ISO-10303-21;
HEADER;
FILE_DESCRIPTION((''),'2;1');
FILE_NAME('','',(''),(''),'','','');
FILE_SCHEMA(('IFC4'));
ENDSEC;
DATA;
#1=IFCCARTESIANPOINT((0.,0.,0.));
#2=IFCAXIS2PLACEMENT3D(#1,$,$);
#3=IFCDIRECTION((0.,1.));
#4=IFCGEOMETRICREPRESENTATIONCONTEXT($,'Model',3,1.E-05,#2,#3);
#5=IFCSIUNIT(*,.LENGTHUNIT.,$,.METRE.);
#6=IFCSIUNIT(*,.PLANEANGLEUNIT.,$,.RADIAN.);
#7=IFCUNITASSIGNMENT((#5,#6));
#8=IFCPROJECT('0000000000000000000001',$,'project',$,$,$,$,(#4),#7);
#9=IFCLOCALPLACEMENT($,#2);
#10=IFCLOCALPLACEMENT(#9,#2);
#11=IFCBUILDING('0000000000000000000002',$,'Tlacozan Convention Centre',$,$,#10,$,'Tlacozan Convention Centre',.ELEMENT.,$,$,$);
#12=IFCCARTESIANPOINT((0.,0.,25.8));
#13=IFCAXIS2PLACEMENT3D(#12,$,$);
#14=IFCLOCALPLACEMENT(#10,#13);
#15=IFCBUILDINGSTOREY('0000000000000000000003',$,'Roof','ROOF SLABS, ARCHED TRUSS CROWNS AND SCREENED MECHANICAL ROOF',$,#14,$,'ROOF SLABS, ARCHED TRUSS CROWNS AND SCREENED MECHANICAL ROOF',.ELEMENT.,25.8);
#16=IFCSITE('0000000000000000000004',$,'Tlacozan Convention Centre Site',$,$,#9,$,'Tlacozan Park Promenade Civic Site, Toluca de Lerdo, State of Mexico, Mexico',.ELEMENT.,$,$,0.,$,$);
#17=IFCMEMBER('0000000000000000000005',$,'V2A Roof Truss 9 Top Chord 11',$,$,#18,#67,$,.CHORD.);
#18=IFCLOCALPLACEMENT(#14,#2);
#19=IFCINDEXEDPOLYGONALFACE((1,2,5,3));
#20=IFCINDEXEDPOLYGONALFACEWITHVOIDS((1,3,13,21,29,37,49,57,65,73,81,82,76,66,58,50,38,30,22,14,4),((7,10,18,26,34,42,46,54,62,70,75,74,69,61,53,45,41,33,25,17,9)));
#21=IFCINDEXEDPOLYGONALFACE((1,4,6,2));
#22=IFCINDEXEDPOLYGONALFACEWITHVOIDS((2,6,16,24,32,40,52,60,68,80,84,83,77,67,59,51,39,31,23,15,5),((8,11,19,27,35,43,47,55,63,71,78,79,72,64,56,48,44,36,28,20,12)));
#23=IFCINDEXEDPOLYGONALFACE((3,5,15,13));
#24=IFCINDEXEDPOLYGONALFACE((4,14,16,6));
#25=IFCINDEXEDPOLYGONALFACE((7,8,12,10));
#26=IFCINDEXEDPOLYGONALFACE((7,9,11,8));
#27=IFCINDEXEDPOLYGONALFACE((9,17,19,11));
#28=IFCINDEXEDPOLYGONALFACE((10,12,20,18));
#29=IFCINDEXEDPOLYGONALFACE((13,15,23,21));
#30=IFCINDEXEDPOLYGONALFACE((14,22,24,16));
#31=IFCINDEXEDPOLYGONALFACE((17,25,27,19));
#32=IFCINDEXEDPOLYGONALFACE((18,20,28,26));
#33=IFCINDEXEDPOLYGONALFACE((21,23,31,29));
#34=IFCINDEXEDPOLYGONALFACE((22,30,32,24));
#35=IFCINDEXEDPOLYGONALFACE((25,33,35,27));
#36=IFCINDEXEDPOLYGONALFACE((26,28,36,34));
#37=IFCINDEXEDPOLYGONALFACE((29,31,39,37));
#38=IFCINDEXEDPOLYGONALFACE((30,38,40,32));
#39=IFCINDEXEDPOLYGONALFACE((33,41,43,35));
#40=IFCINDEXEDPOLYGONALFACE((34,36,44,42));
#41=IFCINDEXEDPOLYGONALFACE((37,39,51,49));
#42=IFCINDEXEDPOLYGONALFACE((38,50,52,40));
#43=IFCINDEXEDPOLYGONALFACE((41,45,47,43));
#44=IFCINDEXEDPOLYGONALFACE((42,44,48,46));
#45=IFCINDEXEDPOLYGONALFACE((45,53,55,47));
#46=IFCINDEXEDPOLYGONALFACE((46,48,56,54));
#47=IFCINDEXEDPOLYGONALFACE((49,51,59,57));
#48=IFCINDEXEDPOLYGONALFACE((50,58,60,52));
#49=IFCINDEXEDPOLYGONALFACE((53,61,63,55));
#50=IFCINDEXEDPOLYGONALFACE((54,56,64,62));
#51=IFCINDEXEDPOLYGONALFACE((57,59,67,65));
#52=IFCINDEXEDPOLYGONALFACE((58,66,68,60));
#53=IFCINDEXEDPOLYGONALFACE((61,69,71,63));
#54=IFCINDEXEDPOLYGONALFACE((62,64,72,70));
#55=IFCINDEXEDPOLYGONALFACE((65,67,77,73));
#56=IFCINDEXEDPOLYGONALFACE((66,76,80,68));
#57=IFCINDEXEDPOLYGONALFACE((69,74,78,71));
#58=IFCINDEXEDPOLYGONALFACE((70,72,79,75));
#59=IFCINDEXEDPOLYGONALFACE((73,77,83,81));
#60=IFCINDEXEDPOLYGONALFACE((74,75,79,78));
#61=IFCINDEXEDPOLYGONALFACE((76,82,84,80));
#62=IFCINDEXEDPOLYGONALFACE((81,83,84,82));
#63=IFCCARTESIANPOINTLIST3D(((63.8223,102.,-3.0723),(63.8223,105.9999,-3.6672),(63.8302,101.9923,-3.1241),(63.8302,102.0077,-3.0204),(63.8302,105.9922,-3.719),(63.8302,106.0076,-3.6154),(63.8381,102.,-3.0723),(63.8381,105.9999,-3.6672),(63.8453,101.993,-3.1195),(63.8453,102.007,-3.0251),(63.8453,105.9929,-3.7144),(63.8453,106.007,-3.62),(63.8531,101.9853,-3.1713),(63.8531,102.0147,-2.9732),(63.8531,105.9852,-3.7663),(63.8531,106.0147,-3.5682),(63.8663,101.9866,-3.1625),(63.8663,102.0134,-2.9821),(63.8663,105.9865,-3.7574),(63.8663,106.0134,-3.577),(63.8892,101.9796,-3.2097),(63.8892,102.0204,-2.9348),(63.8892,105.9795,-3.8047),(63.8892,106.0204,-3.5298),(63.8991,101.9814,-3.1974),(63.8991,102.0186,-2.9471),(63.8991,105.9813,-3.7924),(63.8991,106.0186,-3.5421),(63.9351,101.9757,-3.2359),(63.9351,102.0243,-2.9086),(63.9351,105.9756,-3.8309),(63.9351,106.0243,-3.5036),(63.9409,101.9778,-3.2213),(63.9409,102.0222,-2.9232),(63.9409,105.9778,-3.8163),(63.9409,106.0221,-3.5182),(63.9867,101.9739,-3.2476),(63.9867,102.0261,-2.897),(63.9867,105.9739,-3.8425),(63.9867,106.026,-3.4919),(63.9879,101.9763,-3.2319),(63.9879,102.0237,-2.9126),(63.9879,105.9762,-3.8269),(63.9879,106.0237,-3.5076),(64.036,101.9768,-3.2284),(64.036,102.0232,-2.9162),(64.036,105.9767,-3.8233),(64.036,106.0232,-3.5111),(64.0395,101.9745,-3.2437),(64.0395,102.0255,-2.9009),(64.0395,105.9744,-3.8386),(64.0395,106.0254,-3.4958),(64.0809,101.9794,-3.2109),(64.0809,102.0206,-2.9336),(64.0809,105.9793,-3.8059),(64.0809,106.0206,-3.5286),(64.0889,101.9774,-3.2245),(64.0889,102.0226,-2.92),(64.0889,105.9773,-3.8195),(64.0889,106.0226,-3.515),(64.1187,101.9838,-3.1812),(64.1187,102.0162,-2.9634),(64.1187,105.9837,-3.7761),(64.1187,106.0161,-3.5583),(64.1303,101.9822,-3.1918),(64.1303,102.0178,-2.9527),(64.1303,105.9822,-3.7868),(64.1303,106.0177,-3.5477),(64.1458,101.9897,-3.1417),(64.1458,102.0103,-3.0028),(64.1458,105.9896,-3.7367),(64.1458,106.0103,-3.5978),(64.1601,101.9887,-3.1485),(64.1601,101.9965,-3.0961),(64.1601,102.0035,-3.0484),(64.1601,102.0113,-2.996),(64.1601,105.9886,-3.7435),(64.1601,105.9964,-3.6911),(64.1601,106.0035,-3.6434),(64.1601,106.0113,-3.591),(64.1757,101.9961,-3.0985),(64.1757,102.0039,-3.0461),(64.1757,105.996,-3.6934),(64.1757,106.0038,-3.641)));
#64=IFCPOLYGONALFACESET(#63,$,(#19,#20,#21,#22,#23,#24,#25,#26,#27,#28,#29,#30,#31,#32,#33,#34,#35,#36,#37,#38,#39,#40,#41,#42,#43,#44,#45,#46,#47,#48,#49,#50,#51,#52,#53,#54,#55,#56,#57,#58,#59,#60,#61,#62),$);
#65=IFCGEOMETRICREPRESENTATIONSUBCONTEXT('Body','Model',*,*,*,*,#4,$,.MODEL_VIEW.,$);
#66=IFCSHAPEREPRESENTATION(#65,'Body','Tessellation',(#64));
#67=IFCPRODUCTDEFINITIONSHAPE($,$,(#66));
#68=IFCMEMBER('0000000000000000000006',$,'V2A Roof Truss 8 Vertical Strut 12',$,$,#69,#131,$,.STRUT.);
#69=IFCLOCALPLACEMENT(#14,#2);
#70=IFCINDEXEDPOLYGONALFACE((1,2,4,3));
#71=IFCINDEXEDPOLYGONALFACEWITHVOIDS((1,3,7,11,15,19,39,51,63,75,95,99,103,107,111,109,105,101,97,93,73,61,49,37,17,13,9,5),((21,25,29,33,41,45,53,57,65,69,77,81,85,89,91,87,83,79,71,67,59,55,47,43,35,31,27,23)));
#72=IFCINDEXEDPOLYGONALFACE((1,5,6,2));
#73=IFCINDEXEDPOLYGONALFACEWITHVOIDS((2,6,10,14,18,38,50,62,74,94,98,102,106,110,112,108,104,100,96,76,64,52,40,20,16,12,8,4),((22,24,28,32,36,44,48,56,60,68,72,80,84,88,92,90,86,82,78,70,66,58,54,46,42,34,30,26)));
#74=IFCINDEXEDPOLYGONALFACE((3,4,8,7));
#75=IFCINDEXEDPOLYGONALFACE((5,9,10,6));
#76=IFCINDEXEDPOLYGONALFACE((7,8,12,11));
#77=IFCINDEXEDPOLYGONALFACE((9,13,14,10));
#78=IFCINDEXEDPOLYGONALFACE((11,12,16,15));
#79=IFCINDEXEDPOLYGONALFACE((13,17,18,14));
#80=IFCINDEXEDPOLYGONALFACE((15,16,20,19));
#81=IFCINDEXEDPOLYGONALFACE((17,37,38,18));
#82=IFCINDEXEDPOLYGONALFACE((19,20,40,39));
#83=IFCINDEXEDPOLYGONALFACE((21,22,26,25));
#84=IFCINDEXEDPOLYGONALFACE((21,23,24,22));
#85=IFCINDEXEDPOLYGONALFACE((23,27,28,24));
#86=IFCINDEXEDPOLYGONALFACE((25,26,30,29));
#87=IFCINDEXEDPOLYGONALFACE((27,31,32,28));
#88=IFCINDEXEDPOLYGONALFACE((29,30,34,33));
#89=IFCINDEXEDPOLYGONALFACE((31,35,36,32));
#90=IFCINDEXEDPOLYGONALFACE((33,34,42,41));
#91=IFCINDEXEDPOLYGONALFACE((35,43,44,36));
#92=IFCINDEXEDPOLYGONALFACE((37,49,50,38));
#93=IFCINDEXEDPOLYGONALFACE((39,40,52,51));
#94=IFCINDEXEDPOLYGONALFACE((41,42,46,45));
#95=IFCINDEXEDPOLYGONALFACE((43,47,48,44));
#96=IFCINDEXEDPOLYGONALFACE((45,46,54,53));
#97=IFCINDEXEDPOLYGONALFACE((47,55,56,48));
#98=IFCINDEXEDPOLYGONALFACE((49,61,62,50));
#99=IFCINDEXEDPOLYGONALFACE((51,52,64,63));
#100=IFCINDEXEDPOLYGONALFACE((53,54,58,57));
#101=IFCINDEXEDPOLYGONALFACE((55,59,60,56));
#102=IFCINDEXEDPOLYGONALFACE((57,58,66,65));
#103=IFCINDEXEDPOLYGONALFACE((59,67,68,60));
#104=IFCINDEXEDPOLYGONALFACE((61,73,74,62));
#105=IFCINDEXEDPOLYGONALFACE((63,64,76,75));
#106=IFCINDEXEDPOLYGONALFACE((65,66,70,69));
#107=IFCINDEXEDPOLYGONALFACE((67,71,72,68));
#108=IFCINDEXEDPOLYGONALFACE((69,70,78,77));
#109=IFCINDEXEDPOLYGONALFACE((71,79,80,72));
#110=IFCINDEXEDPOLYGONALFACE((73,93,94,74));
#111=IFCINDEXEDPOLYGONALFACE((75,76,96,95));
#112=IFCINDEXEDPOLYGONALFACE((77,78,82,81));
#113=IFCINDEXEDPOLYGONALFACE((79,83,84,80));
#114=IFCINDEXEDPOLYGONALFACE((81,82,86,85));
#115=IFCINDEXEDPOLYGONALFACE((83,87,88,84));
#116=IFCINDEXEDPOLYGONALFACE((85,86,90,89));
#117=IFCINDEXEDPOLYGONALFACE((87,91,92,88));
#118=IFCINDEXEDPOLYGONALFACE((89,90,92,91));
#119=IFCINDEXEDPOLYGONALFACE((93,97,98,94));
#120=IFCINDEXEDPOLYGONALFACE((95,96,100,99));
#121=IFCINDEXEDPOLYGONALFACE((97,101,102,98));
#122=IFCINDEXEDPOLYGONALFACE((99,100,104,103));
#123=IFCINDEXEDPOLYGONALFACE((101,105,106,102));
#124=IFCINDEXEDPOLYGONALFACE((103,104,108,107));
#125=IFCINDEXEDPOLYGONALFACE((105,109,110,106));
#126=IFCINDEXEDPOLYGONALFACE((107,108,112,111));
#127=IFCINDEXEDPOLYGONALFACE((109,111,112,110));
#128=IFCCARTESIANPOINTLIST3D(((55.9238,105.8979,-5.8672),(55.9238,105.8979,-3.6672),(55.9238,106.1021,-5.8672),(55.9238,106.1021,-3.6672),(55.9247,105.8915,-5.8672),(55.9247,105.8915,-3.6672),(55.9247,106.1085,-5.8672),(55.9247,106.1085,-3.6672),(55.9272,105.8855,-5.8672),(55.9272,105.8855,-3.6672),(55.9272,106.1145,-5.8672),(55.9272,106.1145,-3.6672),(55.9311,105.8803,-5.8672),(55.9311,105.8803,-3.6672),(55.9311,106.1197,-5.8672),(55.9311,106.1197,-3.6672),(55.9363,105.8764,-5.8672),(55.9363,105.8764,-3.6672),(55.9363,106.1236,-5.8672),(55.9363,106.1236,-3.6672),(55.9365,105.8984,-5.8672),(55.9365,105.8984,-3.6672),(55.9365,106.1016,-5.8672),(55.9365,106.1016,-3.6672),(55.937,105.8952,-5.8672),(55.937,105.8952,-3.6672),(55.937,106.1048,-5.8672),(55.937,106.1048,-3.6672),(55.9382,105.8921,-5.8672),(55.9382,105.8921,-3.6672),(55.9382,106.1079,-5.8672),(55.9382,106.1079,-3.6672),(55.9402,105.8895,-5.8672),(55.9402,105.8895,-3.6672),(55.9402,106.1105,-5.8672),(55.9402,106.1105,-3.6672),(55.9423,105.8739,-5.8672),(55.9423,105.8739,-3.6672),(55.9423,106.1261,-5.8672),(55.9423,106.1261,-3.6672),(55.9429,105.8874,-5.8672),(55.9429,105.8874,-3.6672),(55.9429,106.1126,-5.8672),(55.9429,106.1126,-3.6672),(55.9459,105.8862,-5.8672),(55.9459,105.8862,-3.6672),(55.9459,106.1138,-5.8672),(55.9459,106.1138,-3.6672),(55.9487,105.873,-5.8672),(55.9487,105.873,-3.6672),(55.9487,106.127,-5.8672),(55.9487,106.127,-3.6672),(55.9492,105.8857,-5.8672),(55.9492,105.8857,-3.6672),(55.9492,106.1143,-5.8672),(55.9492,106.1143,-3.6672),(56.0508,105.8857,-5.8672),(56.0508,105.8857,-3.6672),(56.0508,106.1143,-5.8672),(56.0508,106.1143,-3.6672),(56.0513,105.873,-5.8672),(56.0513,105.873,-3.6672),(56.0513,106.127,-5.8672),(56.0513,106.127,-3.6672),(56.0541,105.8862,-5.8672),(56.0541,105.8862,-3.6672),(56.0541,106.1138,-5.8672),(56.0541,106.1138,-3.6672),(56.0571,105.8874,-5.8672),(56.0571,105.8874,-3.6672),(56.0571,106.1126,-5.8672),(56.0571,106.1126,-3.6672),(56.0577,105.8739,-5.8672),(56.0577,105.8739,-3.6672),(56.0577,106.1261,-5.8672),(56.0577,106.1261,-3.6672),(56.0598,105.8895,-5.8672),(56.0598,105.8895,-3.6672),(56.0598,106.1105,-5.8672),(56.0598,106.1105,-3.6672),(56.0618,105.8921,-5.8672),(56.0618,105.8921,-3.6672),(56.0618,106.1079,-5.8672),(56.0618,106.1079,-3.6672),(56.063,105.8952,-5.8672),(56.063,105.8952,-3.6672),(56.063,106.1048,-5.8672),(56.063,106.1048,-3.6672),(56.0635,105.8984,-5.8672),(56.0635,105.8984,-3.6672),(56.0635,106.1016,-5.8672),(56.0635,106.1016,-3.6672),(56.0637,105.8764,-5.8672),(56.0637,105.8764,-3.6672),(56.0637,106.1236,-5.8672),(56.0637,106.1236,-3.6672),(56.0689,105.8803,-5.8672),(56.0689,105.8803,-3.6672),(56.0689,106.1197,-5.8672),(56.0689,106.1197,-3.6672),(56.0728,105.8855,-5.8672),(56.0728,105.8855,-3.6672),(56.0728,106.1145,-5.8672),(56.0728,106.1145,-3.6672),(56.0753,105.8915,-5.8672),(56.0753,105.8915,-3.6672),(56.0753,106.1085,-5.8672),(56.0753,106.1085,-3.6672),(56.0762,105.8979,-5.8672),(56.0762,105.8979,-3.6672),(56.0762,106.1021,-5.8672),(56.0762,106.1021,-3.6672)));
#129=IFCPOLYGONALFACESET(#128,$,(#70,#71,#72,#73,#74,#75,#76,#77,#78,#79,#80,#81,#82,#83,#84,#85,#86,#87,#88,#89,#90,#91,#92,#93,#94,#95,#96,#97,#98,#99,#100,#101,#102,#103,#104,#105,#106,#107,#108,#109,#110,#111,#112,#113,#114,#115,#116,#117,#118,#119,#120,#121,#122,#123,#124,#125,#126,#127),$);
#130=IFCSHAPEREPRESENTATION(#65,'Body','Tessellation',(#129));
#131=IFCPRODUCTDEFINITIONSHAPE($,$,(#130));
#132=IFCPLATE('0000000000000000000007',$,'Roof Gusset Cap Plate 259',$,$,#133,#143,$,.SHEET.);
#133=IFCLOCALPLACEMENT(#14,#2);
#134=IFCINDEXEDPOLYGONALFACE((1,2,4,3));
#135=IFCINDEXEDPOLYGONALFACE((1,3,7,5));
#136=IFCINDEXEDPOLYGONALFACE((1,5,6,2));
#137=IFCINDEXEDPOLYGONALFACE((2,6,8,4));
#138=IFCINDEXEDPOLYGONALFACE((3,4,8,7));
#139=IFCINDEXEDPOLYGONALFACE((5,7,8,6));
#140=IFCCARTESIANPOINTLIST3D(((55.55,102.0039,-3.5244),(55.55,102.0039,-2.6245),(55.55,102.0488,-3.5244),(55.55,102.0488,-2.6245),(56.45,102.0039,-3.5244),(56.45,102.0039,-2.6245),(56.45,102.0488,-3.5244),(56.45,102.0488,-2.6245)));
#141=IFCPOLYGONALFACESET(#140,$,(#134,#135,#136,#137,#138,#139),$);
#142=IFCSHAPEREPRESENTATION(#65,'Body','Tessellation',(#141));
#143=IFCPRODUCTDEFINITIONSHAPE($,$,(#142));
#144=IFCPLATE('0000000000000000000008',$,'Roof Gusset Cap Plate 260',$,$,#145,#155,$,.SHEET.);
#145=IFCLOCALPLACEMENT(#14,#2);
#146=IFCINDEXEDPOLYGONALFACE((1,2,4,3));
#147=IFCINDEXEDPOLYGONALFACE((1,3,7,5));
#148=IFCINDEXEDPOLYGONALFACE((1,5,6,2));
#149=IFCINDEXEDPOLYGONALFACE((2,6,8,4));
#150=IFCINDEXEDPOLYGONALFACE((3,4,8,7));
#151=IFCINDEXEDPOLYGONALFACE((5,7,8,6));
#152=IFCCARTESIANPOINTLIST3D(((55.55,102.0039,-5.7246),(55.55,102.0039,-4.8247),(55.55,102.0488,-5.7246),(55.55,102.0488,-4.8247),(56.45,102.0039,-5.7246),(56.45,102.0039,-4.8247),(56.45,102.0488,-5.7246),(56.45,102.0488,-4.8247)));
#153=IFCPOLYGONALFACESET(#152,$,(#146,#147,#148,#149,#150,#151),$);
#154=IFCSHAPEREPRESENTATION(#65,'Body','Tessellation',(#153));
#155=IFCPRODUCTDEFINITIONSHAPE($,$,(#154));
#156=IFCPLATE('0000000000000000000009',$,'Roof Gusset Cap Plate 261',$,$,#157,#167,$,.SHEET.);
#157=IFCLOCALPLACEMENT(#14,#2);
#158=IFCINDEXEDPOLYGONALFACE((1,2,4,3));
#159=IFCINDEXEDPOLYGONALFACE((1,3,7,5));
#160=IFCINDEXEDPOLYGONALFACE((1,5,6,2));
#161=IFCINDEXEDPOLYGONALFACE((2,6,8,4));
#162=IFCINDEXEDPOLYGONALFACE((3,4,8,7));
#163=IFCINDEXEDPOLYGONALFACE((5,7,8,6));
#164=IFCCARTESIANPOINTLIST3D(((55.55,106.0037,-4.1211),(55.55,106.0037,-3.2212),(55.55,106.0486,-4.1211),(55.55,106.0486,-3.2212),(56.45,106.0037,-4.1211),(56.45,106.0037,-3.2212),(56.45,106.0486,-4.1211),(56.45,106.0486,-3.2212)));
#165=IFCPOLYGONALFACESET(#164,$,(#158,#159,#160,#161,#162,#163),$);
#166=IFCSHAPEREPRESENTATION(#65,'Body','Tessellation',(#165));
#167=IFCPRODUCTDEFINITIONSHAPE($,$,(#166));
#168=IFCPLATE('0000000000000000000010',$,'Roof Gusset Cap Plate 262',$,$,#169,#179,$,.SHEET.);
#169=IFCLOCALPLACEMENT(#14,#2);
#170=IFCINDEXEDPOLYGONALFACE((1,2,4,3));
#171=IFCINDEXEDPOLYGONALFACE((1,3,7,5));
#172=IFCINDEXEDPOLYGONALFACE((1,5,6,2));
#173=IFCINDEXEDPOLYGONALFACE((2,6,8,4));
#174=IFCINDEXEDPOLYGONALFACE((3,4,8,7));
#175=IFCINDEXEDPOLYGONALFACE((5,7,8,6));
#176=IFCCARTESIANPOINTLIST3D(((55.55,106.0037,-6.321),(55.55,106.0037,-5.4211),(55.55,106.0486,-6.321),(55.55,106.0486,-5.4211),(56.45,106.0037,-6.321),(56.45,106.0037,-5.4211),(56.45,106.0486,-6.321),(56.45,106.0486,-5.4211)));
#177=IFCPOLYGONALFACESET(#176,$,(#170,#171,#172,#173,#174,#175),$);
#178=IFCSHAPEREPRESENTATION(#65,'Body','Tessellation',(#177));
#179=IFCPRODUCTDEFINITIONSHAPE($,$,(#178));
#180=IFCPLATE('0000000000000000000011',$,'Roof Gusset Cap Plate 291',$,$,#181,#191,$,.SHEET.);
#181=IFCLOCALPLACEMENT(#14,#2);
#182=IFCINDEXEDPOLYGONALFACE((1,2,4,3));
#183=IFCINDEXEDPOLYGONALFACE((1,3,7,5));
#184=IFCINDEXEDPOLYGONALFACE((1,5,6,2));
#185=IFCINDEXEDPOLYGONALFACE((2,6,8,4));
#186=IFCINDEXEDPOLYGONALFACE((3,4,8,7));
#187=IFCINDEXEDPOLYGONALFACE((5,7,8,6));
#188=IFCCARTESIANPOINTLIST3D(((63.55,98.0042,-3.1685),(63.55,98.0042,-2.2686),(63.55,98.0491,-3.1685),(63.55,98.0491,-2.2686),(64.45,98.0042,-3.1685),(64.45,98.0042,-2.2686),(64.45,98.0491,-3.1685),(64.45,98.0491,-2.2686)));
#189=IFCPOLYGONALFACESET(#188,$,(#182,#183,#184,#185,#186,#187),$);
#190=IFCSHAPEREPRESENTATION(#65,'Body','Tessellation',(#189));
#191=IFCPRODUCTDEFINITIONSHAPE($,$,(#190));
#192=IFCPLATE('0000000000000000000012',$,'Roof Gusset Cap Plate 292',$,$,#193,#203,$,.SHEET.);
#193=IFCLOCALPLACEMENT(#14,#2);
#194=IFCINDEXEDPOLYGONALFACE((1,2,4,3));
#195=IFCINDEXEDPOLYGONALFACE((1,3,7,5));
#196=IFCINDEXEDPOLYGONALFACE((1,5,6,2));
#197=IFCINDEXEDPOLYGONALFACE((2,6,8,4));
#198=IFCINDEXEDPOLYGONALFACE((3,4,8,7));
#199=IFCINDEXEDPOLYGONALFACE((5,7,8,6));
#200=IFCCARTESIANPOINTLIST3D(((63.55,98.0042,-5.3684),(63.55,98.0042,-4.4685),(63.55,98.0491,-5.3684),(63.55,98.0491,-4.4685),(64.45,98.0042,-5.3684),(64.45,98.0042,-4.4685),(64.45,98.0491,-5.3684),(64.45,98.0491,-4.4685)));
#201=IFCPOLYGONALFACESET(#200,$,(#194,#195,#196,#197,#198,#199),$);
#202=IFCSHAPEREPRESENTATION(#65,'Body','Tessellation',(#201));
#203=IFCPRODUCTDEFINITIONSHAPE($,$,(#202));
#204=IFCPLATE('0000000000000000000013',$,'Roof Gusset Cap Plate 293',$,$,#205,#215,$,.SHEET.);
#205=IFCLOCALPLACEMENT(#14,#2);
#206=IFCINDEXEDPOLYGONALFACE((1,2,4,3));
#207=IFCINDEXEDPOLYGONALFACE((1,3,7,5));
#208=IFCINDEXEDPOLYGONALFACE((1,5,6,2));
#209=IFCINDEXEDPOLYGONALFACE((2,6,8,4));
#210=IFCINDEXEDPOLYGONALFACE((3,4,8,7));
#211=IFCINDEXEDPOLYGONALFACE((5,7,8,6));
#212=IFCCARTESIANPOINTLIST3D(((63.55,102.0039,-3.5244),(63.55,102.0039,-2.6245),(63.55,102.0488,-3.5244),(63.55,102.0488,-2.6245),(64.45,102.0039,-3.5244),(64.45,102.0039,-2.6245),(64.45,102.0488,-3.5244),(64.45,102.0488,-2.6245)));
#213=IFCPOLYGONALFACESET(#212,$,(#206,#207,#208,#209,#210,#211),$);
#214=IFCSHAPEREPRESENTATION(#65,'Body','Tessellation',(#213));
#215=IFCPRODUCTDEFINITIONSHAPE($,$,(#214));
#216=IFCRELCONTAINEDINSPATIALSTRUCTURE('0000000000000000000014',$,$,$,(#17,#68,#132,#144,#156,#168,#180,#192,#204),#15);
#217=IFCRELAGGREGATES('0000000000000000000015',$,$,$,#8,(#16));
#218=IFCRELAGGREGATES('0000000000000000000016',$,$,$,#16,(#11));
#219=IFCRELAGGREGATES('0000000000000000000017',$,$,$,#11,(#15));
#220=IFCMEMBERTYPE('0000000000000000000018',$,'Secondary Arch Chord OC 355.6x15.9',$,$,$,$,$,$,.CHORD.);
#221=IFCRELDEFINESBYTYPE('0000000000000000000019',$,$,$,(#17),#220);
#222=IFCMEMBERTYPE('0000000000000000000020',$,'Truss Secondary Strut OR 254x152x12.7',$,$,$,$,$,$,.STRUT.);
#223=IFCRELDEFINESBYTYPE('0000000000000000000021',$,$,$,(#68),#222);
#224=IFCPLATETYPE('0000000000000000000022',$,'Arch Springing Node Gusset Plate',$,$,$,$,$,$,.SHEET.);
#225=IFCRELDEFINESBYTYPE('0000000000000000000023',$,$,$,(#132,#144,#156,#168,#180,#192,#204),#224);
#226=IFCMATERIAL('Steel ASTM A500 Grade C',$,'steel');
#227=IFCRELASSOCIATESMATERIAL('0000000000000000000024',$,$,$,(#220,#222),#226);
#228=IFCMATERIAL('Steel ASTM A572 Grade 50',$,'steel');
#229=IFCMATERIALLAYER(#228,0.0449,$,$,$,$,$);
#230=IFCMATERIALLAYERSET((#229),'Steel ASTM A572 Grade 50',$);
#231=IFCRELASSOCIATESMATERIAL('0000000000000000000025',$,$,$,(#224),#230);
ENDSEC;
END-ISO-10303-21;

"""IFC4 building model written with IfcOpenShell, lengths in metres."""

from ifc_helpers import new_model, si_unit, direction, frame, origin, origin_2d, place, context, subcontext, project, spatial, rectangle, hollow_rectangle, hollow_circle, extrude, material, layer, layer_set, material_profile, profile_set, type_object, element, save


model = new_model("IFC4")

# Units and contexts
model_context = context("Model", 3, precision=1e-05, world=origin(), true_north=direction((0.0, 1.0)))
body_context = subcontext(model_context, "Body", "Model", "MODEL_VIEW")
ifc_project = project(units=[si_unit("LENGTHUNIT", "METRE"), si_unit("PLANEANGLEUNIT", "RADIAN")], contexts=[model_context])

# Site, building, storey
site_placement = place(None, origin())
site = spatial("IfcSite", under=ifc_project, at=site_placement, Name="Tlacozan Convention Centre Site", LongName="Tlacozan Park Promenade Civic Site, Toluca de Lerdo, State of Mexico, Mexico", CompositionType="ELEMENT", RefElevation=0.0)
building_placement = place(site_placement, origin())
building = spatial("IfcBuilding", under=site, at=building_placement, Name="Tlacozan Convention Centre", LongName="Tlacozan Convention Centre", CompositionType="ELEMENT")
storey_placement = place(building_placement, frame((0.0, 0.0, 25.8)))
storey = spatial("IfcBuildingStorey", under=building, at=storey_placement, Name="Roof", Description="ROOF SLABS, ARCHED TRUSS CROWNS AND SCREENED MECHANICAL ROOF", LongName="ROOF SLABS, ARCHED TRUSS CROWNS AND SCREENED MECHANICAL ROOF", CompositionType="ELEMENT", Elevation=25.8)

# Members
ifc_material_1 = material(Name="Steel ASTM A500 Grade C", Category="steel")
ifc_material_profile_1 = material_profile(ifc_material_1, hollow_circle(Radius=0.1777, WallThickness=0.0159, at=origin_2d()), Name="OC 355.6x15.9")
ifc_profile_set_1 = profile_set([ifc_material_profile_1], Name="Steel ASTM A500 Grade C")
member_type_1 = type_object("IfcMemberType", Name="Secondary Arch Chord OC 355.6x15.9", PredefinedType="CHORD", material=ifc_profile_set_1)
member_1_placement = place(storey_placement, frame((64.0, 102.0, -3.0723), z_axis=(0.0, 0.989118, -0.147124), x_axis=(-1.0, 0.0, 0.0)))
element("IfcMember", 1, at=member_1_placement, inside=storey, type_object=member_type_1, Name="V2A Roof Truss 9 Top Chord 11", PredefinedType="CHORD", context=body_context, shape_type="SweptSolid", body=[
    extrude(hollow_circle(Radius=0.1777, WallThickness=0.0159, at=origin_2d()), origin(), (0.0, 0.0, 1.0), 4.0439),
])
ifc_material_profile_2 = material_profile(ifc_material_1, hollow_rectangle(XDim=0.1523, YDim=0.2539, WallThickness=0.0127, InnerFilletRadius=0.0127, OuterFilletRadius=0.0249, at=origin_2d()), Name="OR 254x152x12.7")
ifc_profile_set_2 = profile_set([ifc_material_profile_2], Name="Steel ASTM A500 Grade C")
member_type_2 = type_object("IfcMemberType", Name="Truss Secondary Strut OR 254x152x12.7", PredefinedType="STRUT", material=ifc_profile_set_2)
member_2_placement = place(storey_placement, frame((56.0, 106.0, -5.8672), z_axis=(0.0, 0.0, 1.0), x_axis=(1.0, 0.0, 0.0)))
element("IfcMember", 2, at=member_2_placement, inside=storey, type_object=member_type_2, Name="V2A Roof Truss 8 Vertical Strut 12", PredefinedType="STRUT", context=body_context, shape_type="SweptSolid", body=[
    extrude(hollow_rectangle(XDim=0.1523, YDim=0.2539, WallThickness=0.0127, InnerFilletRadius=0.0127, OuterFilletRadius=0.0249, at=origin_2d()), origin(), (0.0, 0.0, 1.0), 2.2),
])

# Plates
ifc_material_2 = material(Name="Steel ASTM A572 Grade 50", Category="steel")
ifc_layer = layer(ifc_material_2, 0.0449)
ifc_layer_set = layer_set([ifc_layer], Name="Steel ASTM A572 Grade 50")
plate_type = type_object("IfcPlateType", Name="Arch Springing Node Gusset Plate", PredefinedType="SHEET", material=ifc_layer_set)
for number, where, z_axis, x_axis, name in (
    (3, (56.0, 102.0264, -3.5244), (0.0, 0.0, 1.0), (0.0, 1.0, 0.0), "Roof Gusset Cap Plate 259"),
    (4, (56.0, 102.0264, -5.7246), (0.0, 0.0, 1.0), (0.0, 1.0, 0.0), "Roof Gusset Cap Plate 260"),
    (5, (56.0, 106.0261, -4.1211), (0.0, 0.0, 1.0), (0.0, 1.0, 0.0), "Roof Gusset Cap Plate 261"),
    (6, (56.0, 106.0261, -6.321), (0.0, 0.0, 1.0), (0.0, 1.0, 0.0), "Roof Gusset Cap Plate 262"),
    (7, (64.0, 98.0266, -3.1685), (0.0, 0.0, 1.0), (0.0, 1.0, 0.0), "Roof Gusset Cap Plate 291"),
    (8, (64.0, 98.0266, -5.3684), (0.0, 0.0, 1.0), (0.0, 1.0, 0.0), "Roof Gusset Cap Plate 292"),
    (9, (64.0, 102.0264, -3.5244), (0.0, 0.0, 1.0), (0.0, 1.0, 0.0), "Roof Gusset Cap Plate 293"),
):
    element("IfcPlate", number, at=place(storey_placement, frame(where, z_axis=z_axis, x_axis=x_axis)), inside=storey, type_object=plate_type, Name=name, PredefinedType="SHEET", context=body_context, shape_type="SweptSolid", body=[
        extrude(rectangle(XDim=0.0449, YDim=0.8999, at=origin_2d()), origin(), (0.0, 0.0, 1.0), 0.8999),
    ])

save(model, "model.ifc")
